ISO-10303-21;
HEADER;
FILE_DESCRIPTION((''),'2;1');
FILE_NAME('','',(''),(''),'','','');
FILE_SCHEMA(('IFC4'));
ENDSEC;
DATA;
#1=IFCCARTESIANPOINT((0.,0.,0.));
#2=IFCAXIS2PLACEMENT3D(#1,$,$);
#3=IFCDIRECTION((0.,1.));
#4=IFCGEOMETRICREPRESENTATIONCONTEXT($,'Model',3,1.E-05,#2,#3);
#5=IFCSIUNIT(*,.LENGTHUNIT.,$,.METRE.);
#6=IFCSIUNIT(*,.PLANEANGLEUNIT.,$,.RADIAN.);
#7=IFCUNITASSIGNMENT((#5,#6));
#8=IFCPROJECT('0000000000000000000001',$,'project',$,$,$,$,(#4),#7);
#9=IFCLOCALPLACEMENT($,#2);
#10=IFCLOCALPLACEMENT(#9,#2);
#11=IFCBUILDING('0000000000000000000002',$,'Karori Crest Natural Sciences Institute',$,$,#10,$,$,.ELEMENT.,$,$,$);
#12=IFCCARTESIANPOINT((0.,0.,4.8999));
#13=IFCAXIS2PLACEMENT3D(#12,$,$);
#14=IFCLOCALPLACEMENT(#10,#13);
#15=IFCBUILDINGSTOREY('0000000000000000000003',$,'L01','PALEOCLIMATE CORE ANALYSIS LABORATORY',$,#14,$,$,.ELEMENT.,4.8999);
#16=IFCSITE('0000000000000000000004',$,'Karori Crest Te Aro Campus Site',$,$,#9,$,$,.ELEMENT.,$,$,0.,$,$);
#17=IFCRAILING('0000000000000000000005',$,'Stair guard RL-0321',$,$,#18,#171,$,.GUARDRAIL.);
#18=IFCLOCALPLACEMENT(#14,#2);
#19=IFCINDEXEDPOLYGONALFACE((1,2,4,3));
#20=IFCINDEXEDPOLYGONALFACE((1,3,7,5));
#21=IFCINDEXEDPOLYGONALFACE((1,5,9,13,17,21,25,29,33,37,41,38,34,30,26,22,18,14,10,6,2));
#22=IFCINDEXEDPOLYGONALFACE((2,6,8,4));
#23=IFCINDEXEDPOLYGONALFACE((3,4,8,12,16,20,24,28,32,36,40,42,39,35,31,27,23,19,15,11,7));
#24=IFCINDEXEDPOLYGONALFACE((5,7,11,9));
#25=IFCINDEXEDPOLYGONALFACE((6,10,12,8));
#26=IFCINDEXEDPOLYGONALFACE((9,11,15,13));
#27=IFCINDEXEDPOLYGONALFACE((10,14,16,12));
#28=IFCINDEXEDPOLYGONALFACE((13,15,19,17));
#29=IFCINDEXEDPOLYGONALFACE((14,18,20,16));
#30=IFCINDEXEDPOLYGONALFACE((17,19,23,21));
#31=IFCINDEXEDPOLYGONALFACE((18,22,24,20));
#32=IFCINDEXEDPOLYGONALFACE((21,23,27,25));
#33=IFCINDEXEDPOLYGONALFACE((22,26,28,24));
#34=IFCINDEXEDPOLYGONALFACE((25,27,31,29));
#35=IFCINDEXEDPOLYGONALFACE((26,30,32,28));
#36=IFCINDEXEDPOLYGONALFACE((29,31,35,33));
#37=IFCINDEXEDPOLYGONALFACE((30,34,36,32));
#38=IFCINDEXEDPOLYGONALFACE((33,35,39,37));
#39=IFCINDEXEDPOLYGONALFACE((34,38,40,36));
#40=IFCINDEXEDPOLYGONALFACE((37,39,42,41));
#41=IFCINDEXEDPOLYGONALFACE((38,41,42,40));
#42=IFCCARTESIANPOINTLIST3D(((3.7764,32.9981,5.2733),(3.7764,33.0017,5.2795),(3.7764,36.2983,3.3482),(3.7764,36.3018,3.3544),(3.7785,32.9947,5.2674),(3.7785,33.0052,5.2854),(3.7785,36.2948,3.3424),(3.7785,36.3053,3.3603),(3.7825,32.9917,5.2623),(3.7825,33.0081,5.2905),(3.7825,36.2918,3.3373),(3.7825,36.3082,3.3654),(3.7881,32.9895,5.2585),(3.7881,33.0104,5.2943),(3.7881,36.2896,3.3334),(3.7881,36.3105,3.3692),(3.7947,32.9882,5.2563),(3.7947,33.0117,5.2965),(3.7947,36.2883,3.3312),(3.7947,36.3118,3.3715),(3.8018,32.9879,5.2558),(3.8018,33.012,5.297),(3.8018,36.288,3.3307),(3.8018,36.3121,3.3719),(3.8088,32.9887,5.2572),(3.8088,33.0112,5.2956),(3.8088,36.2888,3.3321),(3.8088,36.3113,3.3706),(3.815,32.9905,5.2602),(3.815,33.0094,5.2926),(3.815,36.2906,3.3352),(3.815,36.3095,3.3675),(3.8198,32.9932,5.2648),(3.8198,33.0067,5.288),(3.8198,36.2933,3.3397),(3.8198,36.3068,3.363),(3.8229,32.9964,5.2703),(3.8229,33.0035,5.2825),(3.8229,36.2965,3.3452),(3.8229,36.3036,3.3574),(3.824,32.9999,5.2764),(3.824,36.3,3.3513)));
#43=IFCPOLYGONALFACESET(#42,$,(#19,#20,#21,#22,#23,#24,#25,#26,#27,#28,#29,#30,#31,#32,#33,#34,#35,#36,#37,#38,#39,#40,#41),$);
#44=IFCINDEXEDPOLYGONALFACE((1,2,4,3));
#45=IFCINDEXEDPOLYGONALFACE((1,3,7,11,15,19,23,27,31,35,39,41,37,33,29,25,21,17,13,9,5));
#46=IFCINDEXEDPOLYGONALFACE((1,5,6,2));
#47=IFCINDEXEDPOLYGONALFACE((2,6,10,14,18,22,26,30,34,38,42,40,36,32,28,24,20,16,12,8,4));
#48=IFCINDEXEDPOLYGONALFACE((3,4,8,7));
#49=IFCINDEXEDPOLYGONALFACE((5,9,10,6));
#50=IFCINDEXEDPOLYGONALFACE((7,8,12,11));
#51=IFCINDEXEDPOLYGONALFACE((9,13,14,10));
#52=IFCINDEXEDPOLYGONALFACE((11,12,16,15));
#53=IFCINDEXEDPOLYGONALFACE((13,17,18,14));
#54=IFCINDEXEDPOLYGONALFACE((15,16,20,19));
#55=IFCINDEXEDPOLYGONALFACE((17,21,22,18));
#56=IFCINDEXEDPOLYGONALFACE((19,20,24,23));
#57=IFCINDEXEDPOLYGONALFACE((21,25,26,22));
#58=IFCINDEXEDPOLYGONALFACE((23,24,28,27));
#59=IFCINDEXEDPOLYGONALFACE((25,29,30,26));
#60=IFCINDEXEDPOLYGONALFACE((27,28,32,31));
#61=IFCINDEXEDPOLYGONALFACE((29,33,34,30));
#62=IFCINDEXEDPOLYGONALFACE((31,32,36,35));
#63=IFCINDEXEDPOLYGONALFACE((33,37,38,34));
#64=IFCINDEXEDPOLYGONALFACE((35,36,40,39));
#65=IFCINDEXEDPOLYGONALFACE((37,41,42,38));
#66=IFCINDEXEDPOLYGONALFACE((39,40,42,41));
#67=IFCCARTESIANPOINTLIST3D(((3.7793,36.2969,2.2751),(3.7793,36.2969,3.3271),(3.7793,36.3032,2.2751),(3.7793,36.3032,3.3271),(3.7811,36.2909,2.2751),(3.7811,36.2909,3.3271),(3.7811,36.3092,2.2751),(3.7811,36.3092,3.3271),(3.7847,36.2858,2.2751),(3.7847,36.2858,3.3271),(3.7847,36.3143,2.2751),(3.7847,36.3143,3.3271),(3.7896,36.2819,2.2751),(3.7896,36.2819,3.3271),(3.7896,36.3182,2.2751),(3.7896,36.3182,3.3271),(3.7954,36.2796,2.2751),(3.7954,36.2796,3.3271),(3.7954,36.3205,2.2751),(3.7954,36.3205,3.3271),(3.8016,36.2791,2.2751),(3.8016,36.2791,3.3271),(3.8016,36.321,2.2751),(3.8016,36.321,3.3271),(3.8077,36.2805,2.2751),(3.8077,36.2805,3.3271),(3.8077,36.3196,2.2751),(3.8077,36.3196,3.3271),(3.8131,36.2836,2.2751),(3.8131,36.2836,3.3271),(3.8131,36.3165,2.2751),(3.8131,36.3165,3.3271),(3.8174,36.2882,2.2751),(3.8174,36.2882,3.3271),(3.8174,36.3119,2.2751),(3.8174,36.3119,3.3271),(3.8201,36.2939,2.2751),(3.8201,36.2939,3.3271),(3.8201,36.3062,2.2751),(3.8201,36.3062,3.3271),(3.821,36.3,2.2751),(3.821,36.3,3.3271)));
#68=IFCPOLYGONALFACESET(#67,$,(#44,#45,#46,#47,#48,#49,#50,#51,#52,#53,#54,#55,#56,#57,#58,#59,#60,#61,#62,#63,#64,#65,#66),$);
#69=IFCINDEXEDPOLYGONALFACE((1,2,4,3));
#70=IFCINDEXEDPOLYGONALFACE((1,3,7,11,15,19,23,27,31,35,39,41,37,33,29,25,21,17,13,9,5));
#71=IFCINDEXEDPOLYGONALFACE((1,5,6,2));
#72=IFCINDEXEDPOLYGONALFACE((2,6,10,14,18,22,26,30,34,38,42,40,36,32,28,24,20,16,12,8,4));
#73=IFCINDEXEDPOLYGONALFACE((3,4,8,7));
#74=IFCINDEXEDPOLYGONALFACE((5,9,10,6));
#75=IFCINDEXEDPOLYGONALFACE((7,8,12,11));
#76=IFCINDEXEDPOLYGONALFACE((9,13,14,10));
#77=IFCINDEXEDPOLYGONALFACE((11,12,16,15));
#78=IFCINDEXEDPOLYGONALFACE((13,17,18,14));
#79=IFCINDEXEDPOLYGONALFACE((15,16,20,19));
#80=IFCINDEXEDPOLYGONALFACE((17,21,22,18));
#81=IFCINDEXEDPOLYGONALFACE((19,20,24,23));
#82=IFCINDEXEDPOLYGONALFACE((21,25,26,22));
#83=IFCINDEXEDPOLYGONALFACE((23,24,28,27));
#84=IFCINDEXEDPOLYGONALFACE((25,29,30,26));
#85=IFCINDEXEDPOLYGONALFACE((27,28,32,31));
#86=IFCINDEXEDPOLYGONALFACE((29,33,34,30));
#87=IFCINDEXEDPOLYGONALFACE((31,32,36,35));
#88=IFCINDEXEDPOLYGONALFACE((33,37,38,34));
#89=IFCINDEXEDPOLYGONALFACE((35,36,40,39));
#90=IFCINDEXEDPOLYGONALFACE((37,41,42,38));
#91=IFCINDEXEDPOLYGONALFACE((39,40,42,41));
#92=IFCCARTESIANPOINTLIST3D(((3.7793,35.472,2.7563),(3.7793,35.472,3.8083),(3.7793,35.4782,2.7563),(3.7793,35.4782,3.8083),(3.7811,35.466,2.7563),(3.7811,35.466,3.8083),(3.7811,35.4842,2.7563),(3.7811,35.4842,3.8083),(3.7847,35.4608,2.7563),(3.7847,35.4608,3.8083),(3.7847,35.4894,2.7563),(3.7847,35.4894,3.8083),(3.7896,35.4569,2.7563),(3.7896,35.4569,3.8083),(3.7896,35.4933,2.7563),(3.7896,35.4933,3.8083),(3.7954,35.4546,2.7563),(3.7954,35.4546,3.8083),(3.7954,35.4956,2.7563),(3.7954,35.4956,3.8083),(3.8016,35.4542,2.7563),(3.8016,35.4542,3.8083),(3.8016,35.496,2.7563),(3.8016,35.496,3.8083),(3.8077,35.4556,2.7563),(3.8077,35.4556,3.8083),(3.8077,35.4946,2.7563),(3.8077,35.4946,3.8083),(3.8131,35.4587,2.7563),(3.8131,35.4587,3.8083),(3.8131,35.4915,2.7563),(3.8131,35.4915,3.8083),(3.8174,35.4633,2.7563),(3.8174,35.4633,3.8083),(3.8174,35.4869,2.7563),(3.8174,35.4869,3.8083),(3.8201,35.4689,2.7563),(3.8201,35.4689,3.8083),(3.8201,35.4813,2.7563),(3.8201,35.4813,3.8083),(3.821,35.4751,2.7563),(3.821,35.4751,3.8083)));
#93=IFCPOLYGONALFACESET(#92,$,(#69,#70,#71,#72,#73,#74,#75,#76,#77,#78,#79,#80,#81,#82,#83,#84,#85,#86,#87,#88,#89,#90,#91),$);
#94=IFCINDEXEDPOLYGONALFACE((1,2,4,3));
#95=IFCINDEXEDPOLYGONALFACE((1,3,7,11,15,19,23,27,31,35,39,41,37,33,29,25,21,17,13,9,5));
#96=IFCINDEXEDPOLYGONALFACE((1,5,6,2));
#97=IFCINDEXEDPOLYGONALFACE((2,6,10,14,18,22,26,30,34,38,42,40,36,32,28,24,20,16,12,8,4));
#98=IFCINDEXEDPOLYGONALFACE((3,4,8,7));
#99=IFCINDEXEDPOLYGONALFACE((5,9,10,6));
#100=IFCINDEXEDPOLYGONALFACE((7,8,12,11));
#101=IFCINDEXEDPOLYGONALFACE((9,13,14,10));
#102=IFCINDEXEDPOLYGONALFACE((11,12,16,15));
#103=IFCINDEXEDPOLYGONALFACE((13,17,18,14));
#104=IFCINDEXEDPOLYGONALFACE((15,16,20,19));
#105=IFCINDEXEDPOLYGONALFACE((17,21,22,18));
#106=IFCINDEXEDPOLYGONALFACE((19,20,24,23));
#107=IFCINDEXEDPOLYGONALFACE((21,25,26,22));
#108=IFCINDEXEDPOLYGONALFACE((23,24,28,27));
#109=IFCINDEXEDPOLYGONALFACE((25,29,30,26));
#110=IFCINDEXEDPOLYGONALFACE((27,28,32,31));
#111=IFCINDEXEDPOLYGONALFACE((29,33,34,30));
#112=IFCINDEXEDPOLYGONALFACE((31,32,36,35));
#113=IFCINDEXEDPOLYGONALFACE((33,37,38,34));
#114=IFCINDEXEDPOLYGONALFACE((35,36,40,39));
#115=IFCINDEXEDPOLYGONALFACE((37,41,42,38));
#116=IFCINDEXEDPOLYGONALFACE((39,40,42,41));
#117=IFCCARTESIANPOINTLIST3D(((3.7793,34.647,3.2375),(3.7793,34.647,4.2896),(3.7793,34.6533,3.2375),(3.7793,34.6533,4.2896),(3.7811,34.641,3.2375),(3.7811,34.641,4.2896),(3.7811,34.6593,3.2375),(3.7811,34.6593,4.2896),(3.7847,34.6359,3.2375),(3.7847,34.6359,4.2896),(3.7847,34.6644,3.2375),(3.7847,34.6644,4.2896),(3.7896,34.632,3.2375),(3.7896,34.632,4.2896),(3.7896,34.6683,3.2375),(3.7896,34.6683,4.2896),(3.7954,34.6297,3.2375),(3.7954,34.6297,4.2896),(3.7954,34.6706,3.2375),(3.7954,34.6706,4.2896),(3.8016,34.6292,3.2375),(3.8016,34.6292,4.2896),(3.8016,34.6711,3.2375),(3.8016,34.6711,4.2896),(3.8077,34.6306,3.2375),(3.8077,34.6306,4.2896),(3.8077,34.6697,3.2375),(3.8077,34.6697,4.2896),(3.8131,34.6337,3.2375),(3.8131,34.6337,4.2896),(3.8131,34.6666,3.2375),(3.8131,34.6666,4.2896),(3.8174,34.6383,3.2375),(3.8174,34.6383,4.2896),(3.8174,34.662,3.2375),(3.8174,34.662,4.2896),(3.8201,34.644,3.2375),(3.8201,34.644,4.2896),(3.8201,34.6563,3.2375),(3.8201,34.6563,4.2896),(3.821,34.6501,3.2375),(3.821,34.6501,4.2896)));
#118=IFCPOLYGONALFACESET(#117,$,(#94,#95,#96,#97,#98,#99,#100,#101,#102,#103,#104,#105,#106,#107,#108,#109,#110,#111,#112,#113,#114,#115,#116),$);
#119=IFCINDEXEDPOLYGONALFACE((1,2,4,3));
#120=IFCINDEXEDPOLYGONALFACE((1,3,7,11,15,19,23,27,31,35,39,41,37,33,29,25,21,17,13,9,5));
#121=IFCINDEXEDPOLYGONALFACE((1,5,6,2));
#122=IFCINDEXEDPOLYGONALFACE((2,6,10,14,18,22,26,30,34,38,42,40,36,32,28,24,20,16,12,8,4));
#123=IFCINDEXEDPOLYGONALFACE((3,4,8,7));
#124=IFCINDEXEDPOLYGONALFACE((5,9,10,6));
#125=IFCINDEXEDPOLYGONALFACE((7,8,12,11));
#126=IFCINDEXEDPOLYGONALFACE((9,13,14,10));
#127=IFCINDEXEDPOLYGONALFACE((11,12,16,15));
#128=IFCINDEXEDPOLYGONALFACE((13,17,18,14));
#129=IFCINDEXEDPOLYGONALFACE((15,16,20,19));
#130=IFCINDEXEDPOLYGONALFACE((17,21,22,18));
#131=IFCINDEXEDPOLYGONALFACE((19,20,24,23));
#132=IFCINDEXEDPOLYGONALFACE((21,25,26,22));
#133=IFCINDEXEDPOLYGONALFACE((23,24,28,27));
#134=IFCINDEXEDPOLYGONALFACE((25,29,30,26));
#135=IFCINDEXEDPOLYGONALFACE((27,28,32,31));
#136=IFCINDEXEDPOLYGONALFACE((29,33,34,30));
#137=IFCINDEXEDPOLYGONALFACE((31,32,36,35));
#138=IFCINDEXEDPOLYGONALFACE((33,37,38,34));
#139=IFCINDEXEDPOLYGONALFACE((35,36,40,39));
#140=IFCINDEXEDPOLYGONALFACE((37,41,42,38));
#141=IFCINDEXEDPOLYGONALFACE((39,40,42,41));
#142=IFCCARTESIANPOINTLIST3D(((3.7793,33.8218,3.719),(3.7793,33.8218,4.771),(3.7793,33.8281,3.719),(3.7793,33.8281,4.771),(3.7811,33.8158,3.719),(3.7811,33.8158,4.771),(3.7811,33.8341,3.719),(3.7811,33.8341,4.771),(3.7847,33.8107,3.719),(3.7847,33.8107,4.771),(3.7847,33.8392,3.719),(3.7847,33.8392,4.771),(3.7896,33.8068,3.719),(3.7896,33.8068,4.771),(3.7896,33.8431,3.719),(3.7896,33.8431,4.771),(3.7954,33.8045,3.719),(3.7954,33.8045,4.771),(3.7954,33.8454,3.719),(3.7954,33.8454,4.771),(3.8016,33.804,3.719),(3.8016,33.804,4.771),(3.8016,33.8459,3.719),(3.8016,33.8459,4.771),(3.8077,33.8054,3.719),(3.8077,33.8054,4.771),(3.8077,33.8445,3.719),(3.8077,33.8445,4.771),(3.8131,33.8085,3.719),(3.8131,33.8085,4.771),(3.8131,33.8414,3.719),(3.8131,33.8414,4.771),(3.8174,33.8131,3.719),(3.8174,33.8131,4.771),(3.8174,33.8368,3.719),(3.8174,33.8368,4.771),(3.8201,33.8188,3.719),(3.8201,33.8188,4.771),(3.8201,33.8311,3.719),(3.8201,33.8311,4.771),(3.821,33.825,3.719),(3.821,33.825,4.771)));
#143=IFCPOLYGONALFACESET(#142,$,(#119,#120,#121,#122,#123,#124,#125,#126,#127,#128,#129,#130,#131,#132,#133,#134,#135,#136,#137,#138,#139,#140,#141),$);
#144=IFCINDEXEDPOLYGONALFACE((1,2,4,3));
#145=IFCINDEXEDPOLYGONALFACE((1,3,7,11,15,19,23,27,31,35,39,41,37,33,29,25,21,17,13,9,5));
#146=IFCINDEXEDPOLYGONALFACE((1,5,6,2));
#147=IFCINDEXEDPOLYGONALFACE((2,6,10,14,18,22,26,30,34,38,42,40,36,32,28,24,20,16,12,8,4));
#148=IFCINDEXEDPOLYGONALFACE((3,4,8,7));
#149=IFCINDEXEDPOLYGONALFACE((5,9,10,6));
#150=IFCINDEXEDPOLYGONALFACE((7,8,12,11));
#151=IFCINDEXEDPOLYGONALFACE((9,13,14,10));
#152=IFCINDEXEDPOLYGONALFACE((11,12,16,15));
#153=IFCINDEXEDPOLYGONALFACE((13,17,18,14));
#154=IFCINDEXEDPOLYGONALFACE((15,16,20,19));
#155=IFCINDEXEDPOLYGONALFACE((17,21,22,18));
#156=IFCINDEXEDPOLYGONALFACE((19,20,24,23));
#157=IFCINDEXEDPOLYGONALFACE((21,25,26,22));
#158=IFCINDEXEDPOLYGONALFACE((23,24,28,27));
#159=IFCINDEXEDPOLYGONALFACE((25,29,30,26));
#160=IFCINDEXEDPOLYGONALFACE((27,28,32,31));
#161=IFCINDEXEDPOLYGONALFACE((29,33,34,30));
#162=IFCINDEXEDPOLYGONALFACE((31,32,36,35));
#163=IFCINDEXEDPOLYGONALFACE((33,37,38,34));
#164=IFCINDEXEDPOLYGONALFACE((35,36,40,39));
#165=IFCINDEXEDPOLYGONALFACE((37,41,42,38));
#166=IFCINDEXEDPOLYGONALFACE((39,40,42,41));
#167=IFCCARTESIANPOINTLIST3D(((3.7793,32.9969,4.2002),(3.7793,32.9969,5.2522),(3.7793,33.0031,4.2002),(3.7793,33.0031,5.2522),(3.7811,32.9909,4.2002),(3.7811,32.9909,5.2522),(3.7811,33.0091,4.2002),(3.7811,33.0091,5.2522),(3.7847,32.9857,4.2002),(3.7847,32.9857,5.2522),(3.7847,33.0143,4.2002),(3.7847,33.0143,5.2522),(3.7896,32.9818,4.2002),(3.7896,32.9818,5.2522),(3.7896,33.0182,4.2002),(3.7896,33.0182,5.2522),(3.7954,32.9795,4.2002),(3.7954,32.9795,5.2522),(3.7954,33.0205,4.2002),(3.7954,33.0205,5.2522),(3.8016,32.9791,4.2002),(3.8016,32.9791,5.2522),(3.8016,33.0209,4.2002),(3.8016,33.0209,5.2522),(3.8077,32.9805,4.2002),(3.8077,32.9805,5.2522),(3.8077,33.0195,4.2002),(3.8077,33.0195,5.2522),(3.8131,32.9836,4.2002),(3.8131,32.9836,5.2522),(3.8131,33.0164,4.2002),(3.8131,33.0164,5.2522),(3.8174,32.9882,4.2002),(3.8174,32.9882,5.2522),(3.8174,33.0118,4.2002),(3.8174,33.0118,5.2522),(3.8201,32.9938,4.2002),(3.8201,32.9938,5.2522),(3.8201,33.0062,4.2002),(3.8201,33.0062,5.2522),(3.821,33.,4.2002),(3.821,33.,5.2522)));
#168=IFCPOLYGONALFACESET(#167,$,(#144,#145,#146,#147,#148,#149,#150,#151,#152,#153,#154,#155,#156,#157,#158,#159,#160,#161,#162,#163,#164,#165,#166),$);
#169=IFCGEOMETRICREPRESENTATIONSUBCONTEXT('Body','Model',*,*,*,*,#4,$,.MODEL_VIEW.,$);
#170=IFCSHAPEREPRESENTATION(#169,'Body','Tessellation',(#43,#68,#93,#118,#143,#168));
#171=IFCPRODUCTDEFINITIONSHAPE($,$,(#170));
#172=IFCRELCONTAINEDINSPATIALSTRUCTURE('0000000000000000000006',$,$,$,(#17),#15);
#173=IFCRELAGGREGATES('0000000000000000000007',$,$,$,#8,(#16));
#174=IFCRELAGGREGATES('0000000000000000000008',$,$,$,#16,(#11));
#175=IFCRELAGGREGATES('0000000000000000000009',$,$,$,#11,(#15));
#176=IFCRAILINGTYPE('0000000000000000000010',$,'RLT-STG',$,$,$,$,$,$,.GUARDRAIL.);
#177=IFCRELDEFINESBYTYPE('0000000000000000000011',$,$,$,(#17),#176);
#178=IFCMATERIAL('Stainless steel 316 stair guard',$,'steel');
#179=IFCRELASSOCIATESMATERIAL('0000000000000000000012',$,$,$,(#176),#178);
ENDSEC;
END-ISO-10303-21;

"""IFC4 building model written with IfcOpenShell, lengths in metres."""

from ifc_helpers import new_model, si_unit, direction, frame, origin, origin_2d, place, context, subcontext, project, spatial, circle, extrude, material, type_object, element, save


model = new_model("IFC4")

# Units and contexts
model_context = context("Model", 3, precision=1e-05, world=origin(), true_north=direction((0.0, 1.0)))
body_context = subcontext(model_context, "Body", "Model", "MODEL_VIEW")
ifc_project = project(units=[si_unit("LENGTHUNIT", "METRE"), si_unit("PLANEANGLEUNIT", "RADIAN")], contexts=[model_context])

# Site, building, storey
site_placement = place(None, origin())
site = spatial("IfcSite", under=ifc_project, at=site_placement, Name="Karori Crest Te Aro Campus Site", CompositionType="ELEMENT", RefElevation=0.0)
building_placement = place(site_placement, origin())
building = spatial("IfcBuilding", under=site, at=building_placement, Name="Karori Crest Natural Sciences Institute", CompositionType="ELEMENT")
storey_placement = place(building_placement, frame((0.0, 0.0, 4.8999)))
storey = spatial("IfcBuildingStorey", under=building, at=storey_placement, Name="L01", Description="PALEOCLIMATE CORE ANALYSIS LABORATORY", CompositionType="ELEMENT", Elevation=4.8999)

# Railing
ifc_material_1 = material(Name="Stainless steel 316 stair guard", Category="steel")
railing_type_1 = type_object("IfcRailingType", Name="RLT-STG", PredefinedType="GUARDRAIL", material=ifc_material_1)
railing_1_placement = place(storey_placement, frame((3.8, 36.3, 2.2751)))
element("IfcRailing", 1, at=railing_1_placement, inside=storey, type_object=railing_type_1, Name="Stair guard RL-0321", PredefinedType="GUARDRAIL", context=body_context, shape_type="SweptSolid", body=[
    extrude(circle(Radius=0.0239, at=origin_2d()), frame((0.0, 0.0, 1.0762), z_axis=(0.0, -0.863777, 0.503875), x_axis=(1.0, 0.0, 0.0)), (0.0, 0.0, 1.0), 3.8206),
    extrude(circle(Radius=0.021, at=origin_2d()), origin(), (0.0, 0.0, 1.0), 1.052),
    extrude(circle(Radius=0.021, at=origin_2d()), frame((0.0, -0.825, 0.4812)), (0.0, 0.0, 1.0), 1.052),
    extrude(circle(Radius=0.021, at=origin_2d()), frame((0.0, -1.6499, 0.9624)), (0.0, 0.0, 1.0), 1.052),
    extrude(circle(Radius=0.021, at=origin_2d()), frame((0.0, -2.4751, 1.4438)), (0.0, 0.0, 1.0), 1.052),
    extrude(circle(Radius=0.021, at=origin_2d()), frame((0.0, -3.3, 1.925)), (0.0, 0.0, 1.0), 1.052),
])

save(model, "model.ifc")
